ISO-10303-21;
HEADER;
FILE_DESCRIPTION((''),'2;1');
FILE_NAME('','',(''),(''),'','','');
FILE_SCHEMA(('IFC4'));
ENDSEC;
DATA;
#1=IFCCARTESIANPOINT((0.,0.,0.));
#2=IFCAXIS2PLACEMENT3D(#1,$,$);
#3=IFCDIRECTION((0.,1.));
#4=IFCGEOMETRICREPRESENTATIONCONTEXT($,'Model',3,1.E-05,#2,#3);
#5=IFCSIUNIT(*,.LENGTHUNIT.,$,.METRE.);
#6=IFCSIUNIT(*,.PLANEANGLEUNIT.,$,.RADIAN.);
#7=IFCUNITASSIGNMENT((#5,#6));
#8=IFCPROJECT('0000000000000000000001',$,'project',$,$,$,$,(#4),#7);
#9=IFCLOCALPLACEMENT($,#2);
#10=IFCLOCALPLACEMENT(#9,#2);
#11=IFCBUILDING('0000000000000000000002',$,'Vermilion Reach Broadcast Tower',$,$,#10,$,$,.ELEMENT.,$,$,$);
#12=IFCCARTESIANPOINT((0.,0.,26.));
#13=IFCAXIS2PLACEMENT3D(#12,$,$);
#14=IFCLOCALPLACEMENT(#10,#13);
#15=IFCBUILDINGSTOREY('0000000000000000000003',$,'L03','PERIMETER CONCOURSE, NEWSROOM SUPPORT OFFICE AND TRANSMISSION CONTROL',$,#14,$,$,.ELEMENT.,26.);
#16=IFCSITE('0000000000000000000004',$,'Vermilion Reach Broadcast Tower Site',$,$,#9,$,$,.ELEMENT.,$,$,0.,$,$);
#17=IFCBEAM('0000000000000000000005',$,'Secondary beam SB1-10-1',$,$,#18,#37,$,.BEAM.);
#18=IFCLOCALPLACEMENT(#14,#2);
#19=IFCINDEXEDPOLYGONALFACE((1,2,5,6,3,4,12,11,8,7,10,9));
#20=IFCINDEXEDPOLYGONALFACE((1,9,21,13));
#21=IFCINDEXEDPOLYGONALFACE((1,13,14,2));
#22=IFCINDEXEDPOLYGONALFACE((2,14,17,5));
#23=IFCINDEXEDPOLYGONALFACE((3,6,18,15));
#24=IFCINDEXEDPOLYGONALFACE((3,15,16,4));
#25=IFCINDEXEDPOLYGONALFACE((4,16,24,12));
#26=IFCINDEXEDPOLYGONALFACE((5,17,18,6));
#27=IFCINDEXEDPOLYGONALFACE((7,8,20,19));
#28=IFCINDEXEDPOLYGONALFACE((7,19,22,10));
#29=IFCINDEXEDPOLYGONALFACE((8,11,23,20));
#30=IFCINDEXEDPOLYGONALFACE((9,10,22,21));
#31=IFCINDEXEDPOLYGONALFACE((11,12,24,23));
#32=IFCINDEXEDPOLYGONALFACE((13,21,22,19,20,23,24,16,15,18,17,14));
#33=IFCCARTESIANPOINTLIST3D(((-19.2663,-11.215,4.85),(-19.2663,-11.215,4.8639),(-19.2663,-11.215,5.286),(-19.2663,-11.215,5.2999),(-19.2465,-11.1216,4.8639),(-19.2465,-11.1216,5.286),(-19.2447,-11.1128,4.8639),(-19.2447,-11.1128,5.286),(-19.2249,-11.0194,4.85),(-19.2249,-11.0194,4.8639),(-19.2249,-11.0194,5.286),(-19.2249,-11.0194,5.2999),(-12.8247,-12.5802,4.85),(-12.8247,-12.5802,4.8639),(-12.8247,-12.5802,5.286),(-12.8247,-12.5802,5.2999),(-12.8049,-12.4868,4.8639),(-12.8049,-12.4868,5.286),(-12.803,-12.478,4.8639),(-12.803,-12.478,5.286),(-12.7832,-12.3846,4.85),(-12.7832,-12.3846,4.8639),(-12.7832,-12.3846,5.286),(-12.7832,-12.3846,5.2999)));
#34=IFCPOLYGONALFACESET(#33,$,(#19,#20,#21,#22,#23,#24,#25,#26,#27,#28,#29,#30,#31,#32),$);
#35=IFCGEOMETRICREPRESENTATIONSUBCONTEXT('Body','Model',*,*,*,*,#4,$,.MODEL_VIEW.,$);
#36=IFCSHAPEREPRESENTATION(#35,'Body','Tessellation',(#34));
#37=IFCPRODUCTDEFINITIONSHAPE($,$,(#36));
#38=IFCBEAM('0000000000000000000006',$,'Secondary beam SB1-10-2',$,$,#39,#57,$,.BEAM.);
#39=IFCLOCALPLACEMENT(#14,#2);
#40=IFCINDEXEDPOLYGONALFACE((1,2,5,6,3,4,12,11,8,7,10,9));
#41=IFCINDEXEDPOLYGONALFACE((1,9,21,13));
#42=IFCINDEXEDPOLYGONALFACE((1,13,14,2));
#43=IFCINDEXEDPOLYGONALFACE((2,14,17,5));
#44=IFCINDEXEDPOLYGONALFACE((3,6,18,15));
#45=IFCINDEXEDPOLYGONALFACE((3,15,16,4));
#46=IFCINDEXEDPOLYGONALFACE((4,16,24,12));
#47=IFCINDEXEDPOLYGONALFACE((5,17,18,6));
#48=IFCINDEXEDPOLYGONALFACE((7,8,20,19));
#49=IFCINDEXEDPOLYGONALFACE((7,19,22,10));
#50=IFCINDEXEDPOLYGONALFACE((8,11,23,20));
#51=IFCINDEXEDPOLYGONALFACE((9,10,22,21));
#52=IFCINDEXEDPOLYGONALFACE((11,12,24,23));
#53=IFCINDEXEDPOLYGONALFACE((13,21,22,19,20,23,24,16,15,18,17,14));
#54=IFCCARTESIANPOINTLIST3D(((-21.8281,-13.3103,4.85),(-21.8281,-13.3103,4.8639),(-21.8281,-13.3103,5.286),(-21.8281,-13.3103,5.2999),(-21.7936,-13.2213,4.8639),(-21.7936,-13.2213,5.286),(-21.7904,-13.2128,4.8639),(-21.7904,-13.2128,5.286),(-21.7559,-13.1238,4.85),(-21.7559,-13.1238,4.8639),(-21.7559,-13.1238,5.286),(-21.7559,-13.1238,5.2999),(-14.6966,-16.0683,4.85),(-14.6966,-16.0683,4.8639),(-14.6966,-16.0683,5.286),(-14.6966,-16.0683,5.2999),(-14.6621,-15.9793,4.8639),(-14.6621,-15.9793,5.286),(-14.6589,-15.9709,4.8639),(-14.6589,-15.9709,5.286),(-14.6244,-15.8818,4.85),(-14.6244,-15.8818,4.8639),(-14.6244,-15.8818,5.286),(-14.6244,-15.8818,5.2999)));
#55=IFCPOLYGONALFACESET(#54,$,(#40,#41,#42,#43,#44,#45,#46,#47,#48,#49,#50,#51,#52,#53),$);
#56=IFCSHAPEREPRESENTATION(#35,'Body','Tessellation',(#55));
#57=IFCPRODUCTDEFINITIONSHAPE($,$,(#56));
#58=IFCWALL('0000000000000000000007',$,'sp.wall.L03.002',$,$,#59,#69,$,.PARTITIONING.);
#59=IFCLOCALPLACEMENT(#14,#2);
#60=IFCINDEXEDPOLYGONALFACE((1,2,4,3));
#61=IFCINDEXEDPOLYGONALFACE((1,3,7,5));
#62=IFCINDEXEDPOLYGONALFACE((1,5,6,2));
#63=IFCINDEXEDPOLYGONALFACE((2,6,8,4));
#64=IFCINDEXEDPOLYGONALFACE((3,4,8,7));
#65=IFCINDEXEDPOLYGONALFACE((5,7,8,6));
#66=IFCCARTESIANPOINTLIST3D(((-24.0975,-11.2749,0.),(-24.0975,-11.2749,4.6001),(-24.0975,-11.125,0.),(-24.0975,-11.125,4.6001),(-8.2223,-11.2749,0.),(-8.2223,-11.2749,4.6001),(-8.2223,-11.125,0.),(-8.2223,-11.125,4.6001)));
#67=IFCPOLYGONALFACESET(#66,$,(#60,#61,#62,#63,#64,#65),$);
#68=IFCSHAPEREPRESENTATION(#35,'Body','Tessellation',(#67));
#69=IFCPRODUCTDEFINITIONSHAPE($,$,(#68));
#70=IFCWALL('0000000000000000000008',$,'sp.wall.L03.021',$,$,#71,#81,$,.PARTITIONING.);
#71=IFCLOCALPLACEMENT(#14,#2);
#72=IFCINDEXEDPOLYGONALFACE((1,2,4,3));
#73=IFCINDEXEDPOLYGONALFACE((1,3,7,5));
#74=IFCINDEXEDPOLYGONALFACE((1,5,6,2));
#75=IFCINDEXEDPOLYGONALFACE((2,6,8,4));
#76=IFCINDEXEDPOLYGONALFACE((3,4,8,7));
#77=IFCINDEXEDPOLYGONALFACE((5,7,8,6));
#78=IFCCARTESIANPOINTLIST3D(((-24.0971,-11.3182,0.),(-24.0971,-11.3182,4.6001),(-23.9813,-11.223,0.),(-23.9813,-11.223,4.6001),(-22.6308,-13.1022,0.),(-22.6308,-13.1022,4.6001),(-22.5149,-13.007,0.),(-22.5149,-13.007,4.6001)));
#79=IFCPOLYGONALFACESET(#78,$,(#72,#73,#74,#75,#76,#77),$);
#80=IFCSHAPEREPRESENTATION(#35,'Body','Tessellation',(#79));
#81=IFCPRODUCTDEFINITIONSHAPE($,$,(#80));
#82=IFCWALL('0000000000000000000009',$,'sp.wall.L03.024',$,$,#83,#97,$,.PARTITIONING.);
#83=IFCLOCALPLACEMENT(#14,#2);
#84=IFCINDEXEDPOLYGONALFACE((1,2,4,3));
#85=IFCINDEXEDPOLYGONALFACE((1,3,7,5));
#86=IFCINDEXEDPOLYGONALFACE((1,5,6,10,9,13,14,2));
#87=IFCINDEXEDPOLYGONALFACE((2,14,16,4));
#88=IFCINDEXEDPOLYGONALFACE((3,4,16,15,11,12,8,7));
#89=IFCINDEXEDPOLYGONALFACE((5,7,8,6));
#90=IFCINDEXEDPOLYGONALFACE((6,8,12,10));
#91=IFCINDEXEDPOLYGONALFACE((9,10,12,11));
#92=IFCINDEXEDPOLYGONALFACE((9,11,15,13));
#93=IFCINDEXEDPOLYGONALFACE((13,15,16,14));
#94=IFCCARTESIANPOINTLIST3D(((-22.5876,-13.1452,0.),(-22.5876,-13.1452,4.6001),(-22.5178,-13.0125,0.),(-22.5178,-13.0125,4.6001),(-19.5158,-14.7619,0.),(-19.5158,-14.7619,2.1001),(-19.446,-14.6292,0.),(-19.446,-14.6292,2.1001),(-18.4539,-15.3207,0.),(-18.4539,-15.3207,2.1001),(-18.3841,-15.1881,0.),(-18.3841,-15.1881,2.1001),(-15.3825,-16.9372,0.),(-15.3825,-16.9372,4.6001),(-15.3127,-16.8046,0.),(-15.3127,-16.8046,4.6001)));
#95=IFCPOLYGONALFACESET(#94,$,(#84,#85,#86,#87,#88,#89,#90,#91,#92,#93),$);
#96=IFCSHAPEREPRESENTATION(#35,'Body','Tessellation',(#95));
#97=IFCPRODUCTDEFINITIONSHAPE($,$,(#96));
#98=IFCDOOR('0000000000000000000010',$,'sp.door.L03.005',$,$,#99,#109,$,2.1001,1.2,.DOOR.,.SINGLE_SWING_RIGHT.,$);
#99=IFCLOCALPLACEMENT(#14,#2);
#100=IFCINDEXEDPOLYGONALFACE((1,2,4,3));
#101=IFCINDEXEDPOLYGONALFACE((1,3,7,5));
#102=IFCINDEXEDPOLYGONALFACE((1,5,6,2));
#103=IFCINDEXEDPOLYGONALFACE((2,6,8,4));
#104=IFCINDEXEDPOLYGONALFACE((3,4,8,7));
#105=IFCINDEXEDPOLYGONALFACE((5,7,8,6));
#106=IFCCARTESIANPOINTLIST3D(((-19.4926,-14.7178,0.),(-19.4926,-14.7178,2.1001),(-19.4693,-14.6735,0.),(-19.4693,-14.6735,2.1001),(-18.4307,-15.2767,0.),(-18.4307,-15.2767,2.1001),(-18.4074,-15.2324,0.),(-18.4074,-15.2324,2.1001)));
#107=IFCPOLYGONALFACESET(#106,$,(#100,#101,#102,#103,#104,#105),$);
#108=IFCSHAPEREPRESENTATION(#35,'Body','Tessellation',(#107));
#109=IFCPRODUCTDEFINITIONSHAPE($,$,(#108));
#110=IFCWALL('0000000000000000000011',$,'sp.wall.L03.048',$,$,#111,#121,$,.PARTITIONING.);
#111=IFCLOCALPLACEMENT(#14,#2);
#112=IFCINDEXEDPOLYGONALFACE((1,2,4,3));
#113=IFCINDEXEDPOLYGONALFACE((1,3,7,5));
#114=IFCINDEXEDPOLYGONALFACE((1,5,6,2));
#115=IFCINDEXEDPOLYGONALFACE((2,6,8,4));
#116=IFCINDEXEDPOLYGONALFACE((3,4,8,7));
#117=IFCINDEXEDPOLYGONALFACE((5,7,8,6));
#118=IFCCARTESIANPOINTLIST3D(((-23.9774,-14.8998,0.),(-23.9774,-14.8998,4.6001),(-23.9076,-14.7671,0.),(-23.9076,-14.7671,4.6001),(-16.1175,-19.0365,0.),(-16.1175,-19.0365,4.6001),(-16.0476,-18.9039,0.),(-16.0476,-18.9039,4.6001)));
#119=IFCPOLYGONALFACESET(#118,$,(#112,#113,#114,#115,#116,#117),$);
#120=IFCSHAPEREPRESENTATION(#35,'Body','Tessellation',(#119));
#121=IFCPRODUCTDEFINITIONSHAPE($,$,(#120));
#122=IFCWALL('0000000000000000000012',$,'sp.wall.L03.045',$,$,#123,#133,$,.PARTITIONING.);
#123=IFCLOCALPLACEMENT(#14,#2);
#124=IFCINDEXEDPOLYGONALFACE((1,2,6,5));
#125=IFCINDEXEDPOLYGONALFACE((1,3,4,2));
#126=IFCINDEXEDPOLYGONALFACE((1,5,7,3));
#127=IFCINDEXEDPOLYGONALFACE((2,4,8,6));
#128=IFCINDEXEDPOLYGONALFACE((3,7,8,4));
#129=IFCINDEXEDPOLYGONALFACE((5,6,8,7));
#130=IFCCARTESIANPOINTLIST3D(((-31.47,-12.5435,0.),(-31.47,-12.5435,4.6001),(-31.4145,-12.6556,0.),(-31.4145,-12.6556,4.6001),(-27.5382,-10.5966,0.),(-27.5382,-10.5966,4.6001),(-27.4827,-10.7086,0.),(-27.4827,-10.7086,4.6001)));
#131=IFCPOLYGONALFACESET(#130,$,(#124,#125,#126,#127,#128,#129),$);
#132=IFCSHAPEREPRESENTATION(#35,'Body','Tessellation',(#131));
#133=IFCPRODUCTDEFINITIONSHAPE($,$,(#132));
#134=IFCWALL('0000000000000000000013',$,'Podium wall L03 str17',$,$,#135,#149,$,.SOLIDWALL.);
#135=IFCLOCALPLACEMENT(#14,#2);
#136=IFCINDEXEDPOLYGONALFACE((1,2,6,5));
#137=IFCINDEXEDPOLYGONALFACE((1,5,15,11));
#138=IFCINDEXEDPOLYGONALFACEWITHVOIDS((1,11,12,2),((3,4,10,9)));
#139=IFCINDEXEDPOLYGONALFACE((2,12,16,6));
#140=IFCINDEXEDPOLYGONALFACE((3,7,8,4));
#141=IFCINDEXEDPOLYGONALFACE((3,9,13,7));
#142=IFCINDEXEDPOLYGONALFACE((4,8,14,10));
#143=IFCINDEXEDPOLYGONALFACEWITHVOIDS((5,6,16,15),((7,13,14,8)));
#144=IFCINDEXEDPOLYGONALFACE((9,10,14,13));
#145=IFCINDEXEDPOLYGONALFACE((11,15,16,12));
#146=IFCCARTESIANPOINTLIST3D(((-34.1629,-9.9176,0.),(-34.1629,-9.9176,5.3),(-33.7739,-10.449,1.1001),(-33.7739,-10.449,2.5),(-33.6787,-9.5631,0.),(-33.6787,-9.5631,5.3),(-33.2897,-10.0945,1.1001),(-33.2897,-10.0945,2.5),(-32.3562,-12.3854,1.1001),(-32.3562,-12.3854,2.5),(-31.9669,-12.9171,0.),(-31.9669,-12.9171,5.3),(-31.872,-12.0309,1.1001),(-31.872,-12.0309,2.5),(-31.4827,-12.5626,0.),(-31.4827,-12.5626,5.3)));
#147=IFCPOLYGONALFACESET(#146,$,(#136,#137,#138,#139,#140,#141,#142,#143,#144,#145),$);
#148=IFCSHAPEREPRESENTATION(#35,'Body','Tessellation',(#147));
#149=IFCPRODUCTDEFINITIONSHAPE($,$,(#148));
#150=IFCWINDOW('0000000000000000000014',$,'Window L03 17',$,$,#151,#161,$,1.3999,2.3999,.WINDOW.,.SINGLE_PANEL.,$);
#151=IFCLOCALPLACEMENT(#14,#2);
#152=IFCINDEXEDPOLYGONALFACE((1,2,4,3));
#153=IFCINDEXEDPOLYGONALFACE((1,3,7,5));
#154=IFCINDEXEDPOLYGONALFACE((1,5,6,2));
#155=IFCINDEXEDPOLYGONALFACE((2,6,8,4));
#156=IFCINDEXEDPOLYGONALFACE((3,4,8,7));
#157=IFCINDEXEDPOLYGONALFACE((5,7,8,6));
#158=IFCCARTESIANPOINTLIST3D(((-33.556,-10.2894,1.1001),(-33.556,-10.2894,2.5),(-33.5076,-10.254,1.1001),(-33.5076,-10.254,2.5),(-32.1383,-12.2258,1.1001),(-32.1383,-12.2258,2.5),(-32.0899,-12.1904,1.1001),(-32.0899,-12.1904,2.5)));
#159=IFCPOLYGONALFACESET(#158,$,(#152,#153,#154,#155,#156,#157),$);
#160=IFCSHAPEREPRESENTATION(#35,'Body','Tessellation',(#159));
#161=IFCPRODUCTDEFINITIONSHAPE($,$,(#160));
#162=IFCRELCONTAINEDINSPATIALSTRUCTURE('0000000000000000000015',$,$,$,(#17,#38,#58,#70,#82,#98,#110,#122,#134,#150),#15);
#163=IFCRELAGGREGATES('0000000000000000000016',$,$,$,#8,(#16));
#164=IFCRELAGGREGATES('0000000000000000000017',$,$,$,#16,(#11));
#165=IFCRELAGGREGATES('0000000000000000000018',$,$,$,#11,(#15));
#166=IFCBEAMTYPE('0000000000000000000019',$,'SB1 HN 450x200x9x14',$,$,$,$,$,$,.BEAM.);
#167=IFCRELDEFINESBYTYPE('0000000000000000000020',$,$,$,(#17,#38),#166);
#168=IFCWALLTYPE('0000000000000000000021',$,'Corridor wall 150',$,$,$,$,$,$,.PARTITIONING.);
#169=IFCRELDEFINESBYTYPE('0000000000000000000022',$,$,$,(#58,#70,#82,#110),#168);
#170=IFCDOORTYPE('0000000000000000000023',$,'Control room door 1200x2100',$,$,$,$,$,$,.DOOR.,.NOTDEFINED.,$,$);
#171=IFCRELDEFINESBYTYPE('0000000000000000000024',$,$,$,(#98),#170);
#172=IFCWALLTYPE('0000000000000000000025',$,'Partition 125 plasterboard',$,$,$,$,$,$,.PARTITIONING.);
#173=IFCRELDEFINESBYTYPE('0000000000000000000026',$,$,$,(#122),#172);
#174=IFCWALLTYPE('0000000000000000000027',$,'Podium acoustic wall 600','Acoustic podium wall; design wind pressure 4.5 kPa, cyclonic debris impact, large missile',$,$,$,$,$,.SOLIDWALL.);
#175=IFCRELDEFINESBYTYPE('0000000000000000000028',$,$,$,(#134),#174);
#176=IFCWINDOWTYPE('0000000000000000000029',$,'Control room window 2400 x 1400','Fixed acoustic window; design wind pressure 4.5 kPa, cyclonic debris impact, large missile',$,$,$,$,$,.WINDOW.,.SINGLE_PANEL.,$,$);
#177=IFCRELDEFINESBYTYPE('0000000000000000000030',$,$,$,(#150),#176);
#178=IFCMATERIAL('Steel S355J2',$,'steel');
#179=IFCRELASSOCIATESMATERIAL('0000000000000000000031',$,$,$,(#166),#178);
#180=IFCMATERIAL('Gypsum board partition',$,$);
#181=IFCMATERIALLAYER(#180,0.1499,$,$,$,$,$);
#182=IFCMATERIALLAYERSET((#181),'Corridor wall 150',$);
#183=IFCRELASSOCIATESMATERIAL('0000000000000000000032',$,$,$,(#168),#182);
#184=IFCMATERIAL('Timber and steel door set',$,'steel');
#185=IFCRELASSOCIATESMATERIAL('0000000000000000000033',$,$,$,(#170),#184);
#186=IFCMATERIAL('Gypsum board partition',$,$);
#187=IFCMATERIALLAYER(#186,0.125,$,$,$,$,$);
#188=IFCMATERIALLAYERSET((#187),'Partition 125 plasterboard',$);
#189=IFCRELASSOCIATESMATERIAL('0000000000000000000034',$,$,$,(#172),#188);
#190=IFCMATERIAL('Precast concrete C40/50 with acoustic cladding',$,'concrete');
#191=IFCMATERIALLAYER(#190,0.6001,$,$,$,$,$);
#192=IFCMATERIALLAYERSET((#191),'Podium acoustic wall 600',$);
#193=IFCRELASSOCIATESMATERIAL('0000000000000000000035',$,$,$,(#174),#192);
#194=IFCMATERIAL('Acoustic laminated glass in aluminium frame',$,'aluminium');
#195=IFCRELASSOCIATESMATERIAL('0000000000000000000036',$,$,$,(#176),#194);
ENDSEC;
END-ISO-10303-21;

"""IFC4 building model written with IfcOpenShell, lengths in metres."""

from ifc_helpers import new_model, si_unit, direction, frame, frame_2d, origin, origin_2d, place, context, subcontext, project, spatial, rectangle, i_section, extrude, material, layer, layer_set, material_profile, profile_set, type_object, element, fill, save


model = new_model("IFC4")

# Units and contexts
model_context = context("Model", 3, precision=1e-05, world=origin(), true_north=direction((0.0, 1.0)))
body_context = subcontext(model_context, "Body", "Model", "MODEL_VIEW")
ifc_project = project(units=[si_unit("LENGTHUNIT", "METRE"), si_unit("PLANEANGLEUNIT", "RADIAN")], contexts=[model_context])

# Site, building, storey
site_placement = place(None, origin())
site = spatial("IfcSite", under=ifc_project, at=site_placement, Name="Vermilion Reach Broadcast Tower Site", CompositionType="ELEMENT", RefElevation=0.0)
building_placement = place(site_placement, origin())
building = spatial("IfcBuilding", under=site, at=building_placement, Name="Vermilion Reach Broadcast Tower", CompositionType="ELEMENT")
storey_placement = place(building_placement, frame((0.0, 0.0, 26.0)))
storey = spatial("IfcBuildingStorey", under=building, at=storey_placement, Name="L03", Description="PERIMETER CONCOURSE, NEWSROOM SUPPORT OFFICE AND TRANSMISSION CONTROL", CompositionType="ELEMENT", Elevation=26.0)

# Beams
ifc_material_1 = material(Name="Steel S355J2", Category="steel")
ifc_material_profile_1 = material_profile(ifc_material_1, i_section(OverallWidth=0.2, OverallDepth=0.45, WebThickness=0.009, FlangeThickness=0.0139, at=origin_2d()), Name="S355J2 HN 450x200x9x14")
ifc_profile_set_1 = profile_set([ifc_material_profile_1], Name="Steel S355J2")
beam_type_1 = type_object("IfcBeamType", Name="SB1 HN 450x200x9x14", PredefinedType="BEAM", material=ifc_profile_set_1)
beam_1_placement = place(storey_placement, frame((-19.2456, -11.1172, 5.075), z_axis=(0.97827, -0.207333, 0.0), x_axis=(0.207333, 0.97827, 0.0)))
element("IfcBeam", 1, at=beam_1_placement, inside=storey, type_object=beam_type_1, Name="Secondary beam SB1-10-1", PredefinedType="BEAM", context=body_context, shape_type="SweptSolid", body=[
    extrude(i_section(OverallWidth=0.2, OverallDepth=0.45, WebThickness=0.009, FlangeThickness=0.0139, at=origin_2d()), origin(), (0.0, 0.0, 1.0), 6.5847),
])
beam_2_placement = place(storey_placement, frame((-21.792, -13.217, 5.075), z_axis=(0.932681, -0.360703, 0.0), x_axis=(0.360703, 0.932681, 0.0)))
element("IfcBeam", 2, at=beam_2_placement, inside=storey, type_object=beam_type_1, Name="Secondary beam SB1-10-2", PredefinedType="BEAM", context=body_context, shape_type="SweptSolid", body=[
    extrude(i_section(OverallWidth=0.2, OverallDepth=0.45, WebThickness=0.009, FlangeThickness=0.0139, at=origin_2d()), origin(), (0.0, 0.0, 1.0), 7.6462),
])

# Walls
ifc_material_2 = material(Name="Gypsum board partition")
ifc_layer_1 = layer(ifc_material_2, 0.1499)
ifc_layer_set_1 = layer_set([ifc_layer_1], Name="Corridor wall 150")
wall_type_1 = type_object("IfcWallType", Name="Corridor wall 150", PredefinedType="PARTITIONING", material=ifc_layer_set_1)
wall_1_placement = place(storey_placement, frame((-24.0974, -11.2, 0.0), z_axis=(0.0, 0.0, 1.0), x_axis=(1.0, 0.0, 0.0)))
element("IfcWall", 3, at=wall_1_placement, inside=storey, type_object=wall_type_1, Name="sp.wall.L03.002", PredefinedType="PARTITIONING", context=body_context, shape_type="SweptSolid", body=[
    extrude(rectangle(XDim=15.8752, YDim=0.1499, at=frame_2d((7.9375, 0.0))), origin(), (0.0, 0.0, 1.0), 4.6001),
])
wall_2_placement = place(storey_placement, frame((-24.0393, -11.2705, 0.0), z_axis=(0.0, 0.0, 1.0), x_axis=(0.634981, -0.772528, 0.0)))
element("IfcWall", 4, at=wall_2_placement, inside=storey, type_object=wall_type_1, Name="sp.wall.L03.021", PredefinedType="PARTITIONING", context=body_context, shape_type="SweptSolid", body=[
    extrude(rectangle(XDim=2.3093, YDim=0.1499, at=frame_2d((1.1548, 0.0))), origin(), (0.0, 0.0, 1.0), 4.6001),
])

# Wall, opening, door
wall_3_placement = place(storey_placement, frame((-22.5527, -13.0789, 0.0), z_axis=(0.0, 0.0, 1.0), x_axis=(0.884926, -0.465732, 0.0)))
wall_3 = element("IfcWall", 5, at=wall_3_placement, inside=storey, type_object=wall_type_1, Name="sp.wall.L03.024", PredefinedType="PARTITIONING", context=body_context, shape_type="SweptSolid", body=[
    extrude(rectangle(XDim=8.1421, YDim=0.1499, at=frame_2d((4.071, 0.0))), origin(), (0.0, 0.0, 1.0), 4.6001),
])
opening_1_placement = place(wall_3_placement, frame((3.4712, 0.0, 0.0)))
opening_1 = element("IfcOpeningElement", 6, at=opening_1_placement, cuts=wall_3, PredefinedType="OPENING", context=body_context, shape_type="SweptSolid", body=[
    extrude(rectangle(XDim=1.2, YDim=2.1001, at=frame_2d((0.6001, 1.05))), frame((0.0, 0.085, 0.0), z_axis=(0.0, -1.0, 0.0), x_axis=(1.0, 0.0, 0.0)), (0.0, 0.0, 1.0), 0.1699),
])
ifc_material_3 = material(Name="Timber and steel door set", Category="steel")
door_type = type_object("IfcDoorType", Name="Control room door 1200x2100", OperationType="NOTDEFINED", PredefinedType="DOOR", material=ifc_material_3)
door_placement = place(opening_1_placement, origin())
door = element("IfcDoor", 7, at=door_placement, inside=storey, type_object=door_type, Name="sp.door.L03.005", OperationType="SINGLE_SWING_RIGHT", OverallHeight=2.1001, OverallWidth=1.2, PredefinedType="DOOR", context=body_context, shape_type="SweptSolid", body=[
    extrude(rectangle(XDim=1.2, YDim=2.1001, at=frame_2d((0.6001, 1.05))), frame((0.0, 0.0249, 0.0), z_axis=(0.0, -1.0, 0.0), x_axis=(1.0, 0.0, 0.0)), (0.0, 0.0, 1.0), 0.05),
])
fill(opening_1, door)

# Walls
wall_4_placement = place(storey_placement, frame((-23.9424, -14.8335, 0.0), z_axis=(0.0, 0.0, 1.0), x_axis=(0.884921, -0.465742, 0.0)))
element("IfcWall", 8, at=wall_4_placement, inside=storey, type_object=wall_type_1, Name="sp.wall.L03.048", PredefinedType="PARTITIONING", context=body_context, shape_type="SweptSolid", body=[
    extrude(rectangle(XDim=8.8821, YDim=0.1499, at=frame_2d((4.4409, 0.0))), origin(), (0.0, 0.0, 1.0), 4.6001),
])
ifc_material_4 = material(Name="Gypsum board partition")
ifc_layer_2 = layer(ifc_material_4, 0.125)
ifc_layer_set_2 = layer_set([ifc_layer_2], Name="Partition 125 plasterboard")
wall_type_2 = type_object("IfcWallType", Name="Partition 125 plasterboard", PredefinedType="PARTITIONING", material=ifc_layer_set_2)
wall_5_placement = place(storey_placement, frame((-31.4424, -12.5996, 0.0), z_axis=(0.0, 0.0, 1.0), x_axis=(0.896145, 0.44376, 0.0)))
element("IfcWall", 9, at=wall_5_placement, inside=storey, type_object=wall_type_2, Name="sp.wall.L03.045", PredefinedType="PARTITIONING", context=body_context, shape_type="SweptSolid", body=[
    extrude(rectangle(XDim=4.3875, YDim=0.125, at=frame_2d((2.1938, 0.0))), origin(), (0.0, 0.0, 1.0), 4.6001),
])

# Wall, opening, window
ifc_material_5 = material(Name="Precast concrete C40/50 with acoustic cladding", Category="concrete")
ifc_layer_3 = layer(ifc_material_5, 0.6001)
ifc_layer_set_3 = layer_set([ifc_layer_3], Name="Podium acoustic wall 600")
wall_type_3 = type_object("IfcWallType", Name="Podium acoustic wall 600", Description="Acoustic podium wall; design wind pressure 4.5 kPa, cyclonic debris impact, large missile", PredefinedType="SOLIDWALL", material=ifc_layer_set_3)
wall_6_placement = place(storey_placement, frame((-33.9209, -9.7402, 0.0), z_axis=(0.0, 0.0, 1.0), x_axis=(0.590734, -0.806866, 0.0)))
wall_6 = element("IfcWall", 10, at=wall_6_placement, inside=storey, type_object=wall_type_3, Name="Podium wall L03 str17", PredefinedType="SOLIDWALL", context=body_context, shape_type="SweptSolid", body=[
    extrude(rectangle(XDim=3.7175, YDim=0.6001, at=frame_2d((1.8589, 0.0))), origin(), (0.0, 0.0, 1.0), 5.3),
])
opening_2_placement = place(wall_6_placement, frame((0.6587, 0.0, 1.1001)))
opening_2 = element("IfcOpeningElement", 11, at=opening_2_placement, cuts=wall_6, PredefinedType="OPENING", context=body_context, shape_type="SweptSolid", body=[
    extrude(rectangle(XDim=2.3999, YDim=1.3999, at=frame_2d((1.2, 0.7))), frame((0.0, 0.3101, 0.0), z_axis=(0.0, -1.0, 0.0), x_axis=(1.0, 0.0, 0.0)), (0.0, 0.0, 1.0), 0.6201),
])
ifc_material_6 = material(Name="Acoustic laminated glass in aluminium frame", Category="aluminium")
window_type = type_object("IfcWindowType", Name="Control room window 2400 x 1400", Description="Fixed acoustic window; design wind pressure 4.5 kPa, cyclonic debris impact, large missile", PartitioningType="SINGLE_PANEL", PredefinedType="WINDOW", material=ifc_material_6)
window_1_placement = place(opening_2_placement, origin())
window_1 = element("IfcWindow", 12, at=window_1_placement, inside=storey, type_object=window_type, Name="Window L03 17", OverallHeight=1.3999, OverallWidth=2.3999, PartitioningType="SINGLE_PANEL", PredefinedType="WINDOW", context=body_context, shape_type="SweptSolid", body=[
    extrude(rectangle(XDim=2.3999, YDim=1.3999, at=frame_2d((1.2, 0.7))), frame((0.0, 0.03, 0.0), z_axis=(0.0, -1.0, 0.0), x_axis=(1.0, 0.0, 0.0)), (0.0, 0.0, 1.0), 0.0601),
])
fill(opening_2, window_1)

save(model, "model.ifc")
